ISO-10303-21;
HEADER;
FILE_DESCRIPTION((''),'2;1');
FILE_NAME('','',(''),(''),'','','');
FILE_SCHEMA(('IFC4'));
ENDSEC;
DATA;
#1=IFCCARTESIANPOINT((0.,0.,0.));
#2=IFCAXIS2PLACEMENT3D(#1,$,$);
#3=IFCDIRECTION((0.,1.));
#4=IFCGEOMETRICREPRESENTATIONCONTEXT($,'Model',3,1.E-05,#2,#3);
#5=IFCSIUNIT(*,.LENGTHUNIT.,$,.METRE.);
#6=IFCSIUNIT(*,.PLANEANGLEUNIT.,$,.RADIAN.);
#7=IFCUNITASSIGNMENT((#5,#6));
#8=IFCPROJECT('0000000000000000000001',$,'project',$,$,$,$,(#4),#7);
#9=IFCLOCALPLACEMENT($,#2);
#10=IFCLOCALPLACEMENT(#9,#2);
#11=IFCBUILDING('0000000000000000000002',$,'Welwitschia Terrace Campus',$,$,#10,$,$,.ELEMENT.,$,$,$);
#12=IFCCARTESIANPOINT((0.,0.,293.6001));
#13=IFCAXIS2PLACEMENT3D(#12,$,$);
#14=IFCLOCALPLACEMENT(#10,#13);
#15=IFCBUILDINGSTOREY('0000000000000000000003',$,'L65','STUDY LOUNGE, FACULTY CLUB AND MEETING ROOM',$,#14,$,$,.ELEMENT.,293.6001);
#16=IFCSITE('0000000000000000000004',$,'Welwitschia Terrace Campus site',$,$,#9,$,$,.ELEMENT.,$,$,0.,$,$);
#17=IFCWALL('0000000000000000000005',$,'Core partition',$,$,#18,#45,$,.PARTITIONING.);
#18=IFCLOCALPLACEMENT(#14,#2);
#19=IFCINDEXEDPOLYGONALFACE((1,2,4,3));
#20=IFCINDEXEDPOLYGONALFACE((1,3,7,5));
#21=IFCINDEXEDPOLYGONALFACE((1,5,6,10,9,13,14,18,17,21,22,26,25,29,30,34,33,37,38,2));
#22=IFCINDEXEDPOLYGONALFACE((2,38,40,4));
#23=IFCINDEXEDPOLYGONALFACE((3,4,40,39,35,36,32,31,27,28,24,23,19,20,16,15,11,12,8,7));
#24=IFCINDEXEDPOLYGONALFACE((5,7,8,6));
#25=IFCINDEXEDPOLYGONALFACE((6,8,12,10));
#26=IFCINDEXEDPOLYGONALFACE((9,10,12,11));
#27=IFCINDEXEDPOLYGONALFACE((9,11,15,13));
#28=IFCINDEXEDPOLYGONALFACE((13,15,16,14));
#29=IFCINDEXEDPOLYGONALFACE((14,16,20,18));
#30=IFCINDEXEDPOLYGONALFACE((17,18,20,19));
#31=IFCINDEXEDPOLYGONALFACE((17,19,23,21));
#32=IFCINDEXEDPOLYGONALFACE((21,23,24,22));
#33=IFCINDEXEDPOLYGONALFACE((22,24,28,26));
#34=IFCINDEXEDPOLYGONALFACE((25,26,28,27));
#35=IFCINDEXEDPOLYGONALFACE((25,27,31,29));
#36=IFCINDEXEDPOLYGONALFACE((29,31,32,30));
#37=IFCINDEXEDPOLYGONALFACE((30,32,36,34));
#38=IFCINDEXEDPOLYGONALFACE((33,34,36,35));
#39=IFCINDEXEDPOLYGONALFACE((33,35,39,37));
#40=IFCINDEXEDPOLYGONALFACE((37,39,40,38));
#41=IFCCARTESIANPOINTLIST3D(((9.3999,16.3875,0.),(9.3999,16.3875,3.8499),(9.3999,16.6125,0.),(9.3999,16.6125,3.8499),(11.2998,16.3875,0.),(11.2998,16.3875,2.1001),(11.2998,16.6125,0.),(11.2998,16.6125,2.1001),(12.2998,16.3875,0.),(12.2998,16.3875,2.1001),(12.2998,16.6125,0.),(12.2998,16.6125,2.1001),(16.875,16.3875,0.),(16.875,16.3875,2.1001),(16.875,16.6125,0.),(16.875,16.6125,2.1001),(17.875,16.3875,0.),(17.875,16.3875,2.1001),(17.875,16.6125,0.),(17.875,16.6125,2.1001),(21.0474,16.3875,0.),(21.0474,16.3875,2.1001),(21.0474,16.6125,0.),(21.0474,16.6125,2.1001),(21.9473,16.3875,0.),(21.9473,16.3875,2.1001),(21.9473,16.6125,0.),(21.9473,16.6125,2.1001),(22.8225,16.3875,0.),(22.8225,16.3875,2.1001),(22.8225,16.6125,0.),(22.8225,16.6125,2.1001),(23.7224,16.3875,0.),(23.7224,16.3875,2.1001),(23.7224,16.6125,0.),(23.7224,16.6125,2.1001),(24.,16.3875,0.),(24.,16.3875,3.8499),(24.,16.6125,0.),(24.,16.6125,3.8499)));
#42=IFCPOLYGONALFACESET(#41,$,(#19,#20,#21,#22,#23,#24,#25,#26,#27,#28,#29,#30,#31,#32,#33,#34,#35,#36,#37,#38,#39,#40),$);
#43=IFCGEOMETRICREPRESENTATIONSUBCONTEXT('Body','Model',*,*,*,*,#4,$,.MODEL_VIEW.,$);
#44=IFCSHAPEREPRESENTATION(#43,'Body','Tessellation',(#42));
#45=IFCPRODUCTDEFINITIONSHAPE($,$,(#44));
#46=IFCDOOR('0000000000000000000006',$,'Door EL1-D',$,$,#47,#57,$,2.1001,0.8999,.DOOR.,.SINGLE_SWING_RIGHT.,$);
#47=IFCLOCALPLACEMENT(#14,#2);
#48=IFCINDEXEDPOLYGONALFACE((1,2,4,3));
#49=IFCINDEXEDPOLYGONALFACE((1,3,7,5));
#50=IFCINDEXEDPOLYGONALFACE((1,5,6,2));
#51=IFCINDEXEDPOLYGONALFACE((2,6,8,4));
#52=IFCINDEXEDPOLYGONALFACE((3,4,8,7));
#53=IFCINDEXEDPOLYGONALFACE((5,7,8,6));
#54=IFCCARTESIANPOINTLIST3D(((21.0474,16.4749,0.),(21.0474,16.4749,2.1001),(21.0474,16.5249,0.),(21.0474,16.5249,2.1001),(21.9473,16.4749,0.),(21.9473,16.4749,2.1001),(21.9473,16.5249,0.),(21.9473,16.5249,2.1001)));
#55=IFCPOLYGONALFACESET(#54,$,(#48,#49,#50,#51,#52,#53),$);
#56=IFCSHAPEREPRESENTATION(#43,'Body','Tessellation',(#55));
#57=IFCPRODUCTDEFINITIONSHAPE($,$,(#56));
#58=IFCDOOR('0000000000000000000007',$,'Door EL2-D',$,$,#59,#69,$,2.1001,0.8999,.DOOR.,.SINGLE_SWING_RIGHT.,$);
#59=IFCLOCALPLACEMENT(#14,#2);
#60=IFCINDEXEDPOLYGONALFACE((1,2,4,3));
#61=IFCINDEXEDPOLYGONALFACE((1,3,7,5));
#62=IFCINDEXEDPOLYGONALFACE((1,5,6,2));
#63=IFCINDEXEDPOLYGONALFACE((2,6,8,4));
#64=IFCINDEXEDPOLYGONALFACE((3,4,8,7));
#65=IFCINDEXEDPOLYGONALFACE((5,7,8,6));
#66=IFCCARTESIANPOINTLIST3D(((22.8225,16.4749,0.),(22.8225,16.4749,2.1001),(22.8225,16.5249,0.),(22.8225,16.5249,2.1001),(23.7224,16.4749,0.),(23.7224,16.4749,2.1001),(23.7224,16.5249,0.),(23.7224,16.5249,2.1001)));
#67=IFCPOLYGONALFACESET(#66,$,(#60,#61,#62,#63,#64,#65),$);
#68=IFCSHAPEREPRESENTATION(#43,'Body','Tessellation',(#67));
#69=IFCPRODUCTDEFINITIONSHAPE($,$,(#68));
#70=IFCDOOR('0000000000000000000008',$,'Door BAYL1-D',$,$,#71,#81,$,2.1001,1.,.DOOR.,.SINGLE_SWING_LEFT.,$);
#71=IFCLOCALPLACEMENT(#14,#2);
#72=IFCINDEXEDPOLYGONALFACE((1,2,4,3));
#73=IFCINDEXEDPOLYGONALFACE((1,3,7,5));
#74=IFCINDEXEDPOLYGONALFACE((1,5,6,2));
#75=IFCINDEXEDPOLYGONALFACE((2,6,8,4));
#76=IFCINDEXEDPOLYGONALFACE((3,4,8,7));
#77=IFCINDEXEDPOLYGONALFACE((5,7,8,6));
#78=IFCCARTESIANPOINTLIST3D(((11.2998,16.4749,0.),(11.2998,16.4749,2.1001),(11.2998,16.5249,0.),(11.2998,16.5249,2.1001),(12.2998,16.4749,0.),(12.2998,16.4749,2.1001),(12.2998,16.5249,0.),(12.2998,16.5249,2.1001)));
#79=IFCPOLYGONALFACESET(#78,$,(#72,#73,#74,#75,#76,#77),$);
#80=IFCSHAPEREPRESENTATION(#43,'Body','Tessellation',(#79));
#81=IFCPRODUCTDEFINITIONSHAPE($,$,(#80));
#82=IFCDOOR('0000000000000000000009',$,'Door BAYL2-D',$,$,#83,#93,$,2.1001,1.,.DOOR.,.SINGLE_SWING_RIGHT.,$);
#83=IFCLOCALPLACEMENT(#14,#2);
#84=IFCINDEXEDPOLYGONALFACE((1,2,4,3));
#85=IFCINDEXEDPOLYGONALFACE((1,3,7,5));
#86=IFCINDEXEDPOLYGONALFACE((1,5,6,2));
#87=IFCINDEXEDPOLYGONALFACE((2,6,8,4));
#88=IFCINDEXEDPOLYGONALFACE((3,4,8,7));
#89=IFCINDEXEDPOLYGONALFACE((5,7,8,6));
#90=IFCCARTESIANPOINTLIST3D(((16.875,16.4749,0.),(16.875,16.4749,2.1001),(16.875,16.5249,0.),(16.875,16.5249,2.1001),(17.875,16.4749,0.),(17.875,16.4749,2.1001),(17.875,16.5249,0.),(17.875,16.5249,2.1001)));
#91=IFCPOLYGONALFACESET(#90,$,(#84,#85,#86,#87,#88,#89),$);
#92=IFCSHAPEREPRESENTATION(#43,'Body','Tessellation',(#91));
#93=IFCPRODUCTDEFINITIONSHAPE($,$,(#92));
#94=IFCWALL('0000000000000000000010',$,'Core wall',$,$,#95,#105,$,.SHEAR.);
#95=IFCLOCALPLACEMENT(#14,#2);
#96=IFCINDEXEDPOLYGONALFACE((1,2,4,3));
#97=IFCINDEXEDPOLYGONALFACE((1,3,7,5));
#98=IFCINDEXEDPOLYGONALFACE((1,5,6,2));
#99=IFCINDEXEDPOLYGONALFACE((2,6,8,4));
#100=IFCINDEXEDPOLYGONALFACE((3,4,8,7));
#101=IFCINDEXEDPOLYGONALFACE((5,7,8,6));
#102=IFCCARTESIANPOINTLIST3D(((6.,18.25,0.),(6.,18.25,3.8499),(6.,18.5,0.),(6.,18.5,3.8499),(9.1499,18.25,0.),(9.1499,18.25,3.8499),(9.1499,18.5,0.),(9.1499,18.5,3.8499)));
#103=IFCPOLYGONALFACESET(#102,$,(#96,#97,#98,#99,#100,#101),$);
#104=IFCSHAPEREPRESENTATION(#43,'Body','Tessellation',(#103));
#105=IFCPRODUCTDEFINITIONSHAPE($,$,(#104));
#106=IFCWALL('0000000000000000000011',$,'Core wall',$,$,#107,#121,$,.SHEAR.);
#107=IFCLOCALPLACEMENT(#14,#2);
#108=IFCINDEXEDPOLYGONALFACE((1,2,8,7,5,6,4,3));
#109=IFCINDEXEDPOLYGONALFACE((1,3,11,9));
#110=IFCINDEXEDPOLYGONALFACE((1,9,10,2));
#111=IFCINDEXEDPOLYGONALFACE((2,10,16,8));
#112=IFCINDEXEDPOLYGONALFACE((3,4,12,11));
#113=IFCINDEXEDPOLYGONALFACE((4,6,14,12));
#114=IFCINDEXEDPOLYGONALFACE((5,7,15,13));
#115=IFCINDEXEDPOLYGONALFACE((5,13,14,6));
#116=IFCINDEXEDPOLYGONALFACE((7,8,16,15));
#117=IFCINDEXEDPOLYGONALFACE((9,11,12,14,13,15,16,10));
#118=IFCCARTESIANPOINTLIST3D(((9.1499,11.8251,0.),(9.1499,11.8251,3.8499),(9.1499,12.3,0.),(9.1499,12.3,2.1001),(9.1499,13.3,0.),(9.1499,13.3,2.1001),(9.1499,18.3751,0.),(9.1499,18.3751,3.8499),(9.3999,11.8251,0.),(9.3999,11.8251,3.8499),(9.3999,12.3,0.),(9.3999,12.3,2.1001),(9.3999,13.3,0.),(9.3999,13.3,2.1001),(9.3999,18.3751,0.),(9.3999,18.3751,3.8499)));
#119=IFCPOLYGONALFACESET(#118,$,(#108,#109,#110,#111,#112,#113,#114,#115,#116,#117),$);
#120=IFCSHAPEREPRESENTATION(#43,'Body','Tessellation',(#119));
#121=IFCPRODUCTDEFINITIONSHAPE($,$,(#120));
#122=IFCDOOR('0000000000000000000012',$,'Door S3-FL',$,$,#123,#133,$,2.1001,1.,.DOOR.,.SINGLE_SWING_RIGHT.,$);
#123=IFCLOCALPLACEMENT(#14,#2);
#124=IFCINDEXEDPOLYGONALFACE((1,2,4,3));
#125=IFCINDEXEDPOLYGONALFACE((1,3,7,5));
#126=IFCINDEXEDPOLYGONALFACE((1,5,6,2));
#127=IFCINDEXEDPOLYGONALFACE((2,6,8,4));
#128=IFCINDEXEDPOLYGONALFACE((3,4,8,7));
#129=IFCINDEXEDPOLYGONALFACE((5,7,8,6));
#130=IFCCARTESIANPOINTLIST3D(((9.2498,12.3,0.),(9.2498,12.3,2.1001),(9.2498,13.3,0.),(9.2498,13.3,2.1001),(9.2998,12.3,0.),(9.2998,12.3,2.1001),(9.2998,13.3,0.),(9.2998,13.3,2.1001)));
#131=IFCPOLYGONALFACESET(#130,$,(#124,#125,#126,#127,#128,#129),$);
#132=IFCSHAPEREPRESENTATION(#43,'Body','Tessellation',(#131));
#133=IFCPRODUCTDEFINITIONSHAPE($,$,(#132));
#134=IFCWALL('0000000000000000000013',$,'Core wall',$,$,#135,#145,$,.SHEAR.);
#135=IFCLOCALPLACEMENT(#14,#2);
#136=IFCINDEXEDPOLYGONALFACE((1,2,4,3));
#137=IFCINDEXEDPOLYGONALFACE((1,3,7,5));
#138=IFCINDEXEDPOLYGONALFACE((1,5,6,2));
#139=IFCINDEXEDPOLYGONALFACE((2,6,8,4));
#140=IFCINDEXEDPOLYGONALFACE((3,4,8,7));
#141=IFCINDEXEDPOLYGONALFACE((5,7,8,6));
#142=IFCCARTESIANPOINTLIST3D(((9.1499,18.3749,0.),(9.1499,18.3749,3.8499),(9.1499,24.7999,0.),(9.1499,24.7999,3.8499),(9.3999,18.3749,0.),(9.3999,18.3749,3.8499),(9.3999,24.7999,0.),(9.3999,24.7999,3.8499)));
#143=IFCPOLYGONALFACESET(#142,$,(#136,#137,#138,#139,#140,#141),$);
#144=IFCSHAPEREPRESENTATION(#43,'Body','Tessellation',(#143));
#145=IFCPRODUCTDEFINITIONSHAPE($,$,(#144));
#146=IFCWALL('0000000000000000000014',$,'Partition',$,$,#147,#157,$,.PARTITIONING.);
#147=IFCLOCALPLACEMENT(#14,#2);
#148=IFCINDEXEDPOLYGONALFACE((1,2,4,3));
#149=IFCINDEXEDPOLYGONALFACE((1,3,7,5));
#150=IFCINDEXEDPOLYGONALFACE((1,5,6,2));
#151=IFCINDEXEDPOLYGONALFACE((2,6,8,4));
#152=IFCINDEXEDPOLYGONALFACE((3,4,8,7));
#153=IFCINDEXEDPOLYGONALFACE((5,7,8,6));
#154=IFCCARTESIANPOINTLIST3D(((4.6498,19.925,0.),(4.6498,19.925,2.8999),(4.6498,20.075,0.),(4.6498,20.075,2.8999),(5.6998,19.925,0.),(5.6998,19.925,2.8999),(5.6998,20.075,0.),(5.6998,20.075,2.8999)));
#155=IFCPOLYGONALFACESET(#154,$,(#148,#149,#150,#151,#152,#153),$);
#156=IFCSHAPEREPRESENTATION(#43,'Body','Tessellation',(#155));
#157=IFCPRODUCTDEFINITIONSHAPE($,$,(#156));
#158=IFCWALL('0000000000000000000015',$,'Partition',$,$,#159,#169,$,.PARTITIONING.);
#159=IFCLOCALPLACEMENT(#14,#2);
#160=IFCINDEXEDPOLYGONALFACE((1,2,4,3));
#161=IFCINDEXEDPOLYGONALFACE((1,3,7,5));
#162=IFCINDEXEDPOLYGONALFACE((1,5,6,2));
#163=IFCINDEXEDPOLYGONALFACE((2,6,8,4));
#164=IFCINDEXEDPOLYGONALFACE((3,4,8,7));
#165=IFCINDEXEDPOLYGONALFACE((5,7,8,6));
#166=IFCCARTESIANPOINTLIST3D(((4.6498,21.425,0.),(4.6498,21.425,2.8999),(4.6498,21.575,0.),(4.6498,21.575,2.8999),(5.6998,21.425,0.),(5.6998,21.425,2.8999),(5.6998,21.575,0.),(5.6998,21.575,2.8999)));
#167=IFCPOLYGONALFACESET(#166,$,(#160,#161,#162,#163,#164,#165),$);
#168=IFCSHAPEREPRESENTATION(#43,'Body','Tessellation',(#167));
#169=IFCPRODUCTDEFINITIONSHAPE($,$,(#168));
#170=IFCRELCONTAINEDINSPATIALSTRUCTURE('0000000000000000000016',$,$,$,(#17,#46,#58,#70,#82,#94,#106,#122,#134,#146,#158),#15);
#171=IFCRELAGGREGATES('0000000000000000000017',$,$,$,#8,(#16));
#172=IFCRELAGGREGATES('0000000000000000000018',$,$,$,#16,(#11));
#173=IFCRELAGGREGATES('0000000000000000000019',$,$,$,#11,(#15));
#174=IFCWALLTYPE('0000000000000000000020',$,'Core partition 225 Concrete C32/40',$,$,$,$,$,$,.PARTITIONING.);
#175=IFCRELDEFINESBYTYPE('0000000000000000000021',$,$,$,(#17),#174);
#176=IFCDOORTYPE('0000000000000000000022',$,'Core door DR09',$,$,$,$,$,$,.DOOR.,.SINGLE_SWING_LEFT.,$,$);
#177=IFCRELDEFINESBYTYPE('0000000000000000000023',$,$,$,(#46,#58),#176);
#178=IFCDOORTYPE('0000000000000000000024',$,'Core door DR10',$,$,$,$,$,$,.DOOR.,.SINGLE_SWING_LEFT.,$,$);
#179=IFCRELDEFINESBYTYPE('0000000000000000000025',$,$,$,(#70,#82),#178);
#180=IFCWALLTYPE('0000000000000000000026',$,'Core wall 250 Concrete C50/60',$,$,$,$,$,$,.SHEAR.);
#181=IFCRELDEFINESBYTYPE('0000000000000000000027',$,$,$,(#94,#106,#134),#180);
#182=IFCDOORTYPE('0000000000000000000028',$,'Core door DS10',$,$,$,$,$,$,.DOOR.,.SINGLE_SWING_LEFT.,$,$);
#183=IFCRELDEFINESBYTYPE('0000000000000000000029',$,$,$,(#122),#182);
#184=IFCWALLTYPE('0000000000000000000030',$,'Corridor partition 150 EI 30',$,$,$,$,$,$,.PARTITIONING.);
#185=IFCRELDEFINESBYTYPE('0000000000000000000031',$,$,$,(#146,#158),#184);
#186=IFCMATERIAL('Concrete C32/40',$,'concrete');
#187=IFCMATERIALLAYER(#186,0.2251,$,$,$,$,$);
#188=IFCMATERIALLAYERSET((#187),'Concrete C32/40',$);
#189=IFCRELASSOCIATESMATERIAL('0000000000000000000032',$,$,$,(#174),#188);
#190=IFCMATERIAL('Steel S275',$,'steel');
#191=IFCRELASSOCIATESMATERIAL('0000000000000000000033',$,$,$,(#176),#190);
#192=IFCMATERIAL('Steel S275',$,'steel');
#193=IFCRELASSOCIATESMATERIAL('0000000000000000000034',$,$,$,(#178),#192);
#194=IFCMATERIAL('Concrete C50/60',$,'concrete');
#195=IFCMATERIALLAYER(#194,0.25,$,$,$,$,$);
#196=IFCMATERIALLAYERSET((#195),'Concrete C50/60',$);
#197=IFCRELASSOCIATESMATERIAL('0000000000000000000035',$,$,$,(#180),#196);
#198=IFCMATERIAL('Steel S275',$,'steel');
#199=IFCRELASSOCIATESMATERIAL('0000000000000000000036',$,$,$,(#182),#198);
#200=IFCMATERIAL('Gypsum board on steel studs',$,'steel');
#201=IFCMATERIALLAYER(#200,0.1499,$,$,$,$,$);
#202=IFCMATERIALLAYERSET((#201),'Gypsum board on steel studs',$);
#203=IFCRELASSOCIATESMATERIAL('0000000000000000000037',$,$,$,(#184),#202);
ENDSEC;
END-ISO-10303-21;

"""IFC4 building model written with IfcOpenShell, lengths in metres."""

from ifc_helpers import new_model, si_unit, direction, frame, frame_2d, origin, place, context, subcontext, project, spatial, rectangle, extrude, material, layer, layer_set, type_object, element, fill, save


model = new_model("IFC4")

# Units and contexts
model_context = context("Model", 3, precision=1e-05, world=origin(), true_north=direction((0.0, 1.0)))
body_context = subcontext(model_context, "Body", "Model", "MODEL_VIEW")
ifc_project = project(units=[si_unit("LENGTHUNIT", "METRE"), si_unit("PLANEANGLEUNIT", "RADIAN")], contexts=[model_context])

# Site, building, storey
site_placement = place(None, origin())
site = spatial("IfcSite", under=ifc_project, at=site_placement, Name="Welwitschia Terrace Campus site", CompositionType="ELEMENT", RefElevation=0.0)
building_placement = place(site_placement, origin())
building = spatial("IfcBuilding", under=site, at=building_placement, Name="Welwitschia Terrace Campus", CompositionType="ELEMENT")
storey_placement = place(building_placement, frame((0.0, 0.0, 293.6001)))
storey = spatial("IfcBuildingStorey", under=building, at=storey_placement, Name="L65", Description="STUDY LOUNGE, FACULTY CLUB AND MEETING ROOM", CompositionType="ELEMENT", Elevation=293.6001)

# Shared definitions
ifc_material_1 = material(Name="Concrete C32/40", Category="concrete")
ifc_layer_1 = layer(ifc_material_1, 0.2251)
ifc_layer_set_1 = layer_set([ifc_layer_1], Name="Concrete C32/40")
wall_type_1 = type_object("IfcWallType", Name="Core partition 225 Concrete C32/40", PredefinedType="PARTITIONING", material=ifc_layer_set_1)

# Wall, openings, doors
wall_1_placement = place(storey_placement, frame((9.3999, 16.5, 0.0), z_axis=(0.0, 0.0, 1.0), x_axis=(1.0, 0.0, 0.0)))
wall_1 = element("IfcWall", 1, at=wall_1_placement, inside=storey, type_object=wall_type_1, Name="Core partition", PredefinedType="PARTITIONING", context=body_context, shape_type="SweptSolid", body=[
    extrude(rectangle(XDim=14.6001, YDim=0.2251, at=frame_2d((7.3, 0.0))), origin(), (0.0, 0.0, 1.0), 3.8499),
])
opening_1_placement = place(wall_1_placement, frame((1.8999, 0.0, 0.0)))
opening_1 = element("IfcOpeningElement", 2, at=opening_1_placement, cuts=wall_1, PredefinedType="OPENING", context=body_context, shape_type="SweptSolid", body=[
    extrude(rectangle(XDim=1.0, YDim=2.1001, at=frame_2d((0.5, 1.05))), frame((0.0, 0.1226, 0.0), z_axis=(0.0, -1.0, 0.0), x_axis=(1.0, 0.0, 0.0)), (0.0, 0.0, 1.0), 0.2451),
])
opening_2_placement = place(wall_1_placement, frame((7.4751, 0.0, 0.0)))
opening_2 = element("IfcOpeningElement", 3, at=opening_2_placement, cuts=wall_1, PredefinedType="OPENING", context=body_context, shape_type="SweptSolid", body=[
    extrude(rectangle(XDim=1.0, YDim=2.1001, at=frame_2d((0.5, 1.05))), frame((0.0, 0.1226, 0.0), z_axis=(0.0, -1.0, 0.0), x_axis=(1.0, 0.0, 0.0)), (0.0, 0.0, 1.0), 0.2451),
])
opening_3_placement = place(wall_1_placement, frame((11.6475, 0.0, 0.0)))
opening_3 = element("IfcOpeningElement", 4, at=opening_3_placement, cuts=wall_1, PredefinedType="OPENING", context=body_context, shape_type="SweptSolid", body=[
    extrude(rectangle(XDim=0.8999, YDim=2.1001, at=frame_2d((0.45, 1.05))), frame((0.0, 0.1226, 0.0), z_axis=(0.0, -1.0, 0.0), x_axis=(1.0, 0.0, 0.0)), (0.0, 0.0, 1.0), 0.2451),
])
opening_4_placement = place(wall_1_placement, frame((13.4226, 0.0, 0.0)))
opening_4 = element("IfcOpeningElement", 5, at=opening_4_placement, cuts=wall_1, PredefinedType="OPENING", context=body_context, shape_type="SweptSolid", body=[
    extrude(rectangle(XDim=0.8999, YDim=2.1001, at=frame_2d((0.45, 1.05))), frame((0.0, 0.1226, 0.0), z_axis=(0.0, -1.0, 0.0), x_axis=(1.0, 0.0, 0.0)), (0.0, 0.0, 1.0), 0.2451),
])
ifc_material_2 = material(Name="Steel S275", Category="steel")
door_type_1 = type_object("IfcDoorType", Name="Core door DR09", OperationType="SINGLE_SWING_LEFT", PredefinedType="DOOR", material=ifc_material_2)
door_1_placement = place(opening_3_placement, origin())
door_1 = element("IfcDoor", 6, at=door_1_placement, inside=storey, type_object=door_type_1, Name="Door EL1-D", OperationType="SINGLE_SWING_RIGHT", OverallHeight=2.1001, OverallWidth=0.8999, PredefinedType="DOOR", context=body_context, shape_type="SweptSolid", body=[
    extrude(rectangle(XDim=0.8999, YDim=2.1001, at=frame_2d((0.45, 1.05))), frame((0.0, 0.0249, 0.0), z_axis=(0.0, -1.0, 0.0), x_axis=(1.0, 0.0, 0.0)), (0.0, 0.0, 1.0), 0.05),
])
fill(opening_3, door_1)
door_2_placement = place(opening_4_placement, origin())
door_2 = element("IfcDoor", 7, at=door_2_placement, inside=storey, type_object=door_type_1, Name="Door EL2-D", OperationType="SINGLE_SWING_RIGHT", OverallHeight=2.1001, OverallWidth=0.8999, PredefinedType="DOOR", context=body_context, shape_type="SweptSolid", body=[
    extrude(rectangle(XDim=0.8999, YDim=2.1001, at=frame_2d((0.45, 1.05))), frame((0.0, 0.0249, 0.0), z_axis=(0.0, -1.0, 0.0), x_axis=(1.0, 0.0, 0.0)), (0.0, 0.0, 1.0), 0.05),
])
fill(opening_4, door_2)
ifc_material_3 = material(Name="Steel S275", Category="steel")
door_type_2 = type_object("IfcDoorType", Name="Core door DR10", OperationType="SINGLE_SWING_LEFT", PredefinedType="DOOR", material=ifc_material_3)
door_3_placement = place(opening_1_placement, origin())
door_3 = element("IfcDoor", 8, at=door_3_placement, inside=storey, type_object=door_type_2, Name="Door BAYL1-D", OperationType="SINGLE_SWING_LEFT", OverallHeight=2.1001, OverallWidth=1.0, PredefinedType="DOOR", context=body_context, shape_type="SweptSolid", body=[
    extrude(rectangle(XDim=1.0, YDim=2.1001, at=frame_2d((0.5, 1.05))), frame((0.0, 0.0249, 0.0), z_axis=(0.0, -1.0, 0.0), x_axis=(1.0, 0.0, 0.0)), (0.0, 0.0, 1.0), 0.05),
])
fill(opening_1, door_3)
door_4_placement = place(opening_2_placement, origin())
door_4 = element("IfcDoor", 9, at=door_4_placement, inside=storey, type_object=door_type_2, Name="Door BAYL2-D", OperationType="SINGLE_SWING_RIGHT", OverallHeight=2.1001, OverallWidth=1.0, PredefinedType="DOOR", context=body_context, shape_type="SweptSolid", body=[
    extrude(rectangle(XDim=1.0, YDim=2.1001, at=frame_2d((0.5, 1.05))), frame((0.0, 0.0249, 0.0), z_axis=(0.0, -1.0, 0.0), x_axis=(1.0, 0.0, 0.0)), (0.0, 0.0, 1.0), 0.05),
])
fill(opening_2, door_4)

# Wall
ifc_material_4 = material(Name="Concrete C50/60", Category="concrete")
ifc_layer_2 = layer(ifc_material_4, 0.25)
ifc_layer_set_2 = layer_set([ifc_layer_2], Name="Concrete C50/60")
wall_type_2 = type_object("IfcWallType", Name="Core wall 250 Concrete C50/60", PredefinedType="SHEAR", material=ifc_layer_set_2)
wall_2_placement = place(storey_placement, frame((6.0, 18.375, 0.0), z_axis=(0.0, 0.0, 1.0), x_axis=(1.0, 0.0, 0.0)))
element("IfcWall", 10, at=wall_2_placement, inside=storey, type_object=wall_type_2, Name="Core wall", PredefinedType="SHEAR", context=body_context, shape_type="SweptSolid", body=[
    extrude(rectangle(XDim=3.1499, YDim=0.25, at=frame_2d((1.575, 0.0))), origin(), (0.0, 0.0, 1.0), 3.8499),
])

# Wall, opening, door
wall_3_placement = place(storey_placement, frame((9.2749, 18.375, 0.0), z_axis=(0.0, 0.0, 1.0), x_axis=(0.0, -1.0, 0.0)))
wall_3 = element("IfcWall", 11, at=wall_3_placement, inside=storey, type_object=wall_type_2, Name="Core wall", PredefinedType="SHEAR", context=body_context, shape_type="SweptSolid", body=[
    extrude(rectangle(XDim=6.55, YDim=0.25, at=frame_2d((3.2749, 0.0))), origin(), (0.0, 0.0, 1.0), 3.8499),
])
opening_5_placement = place(wall_3_placement, frame((5.075, 0.0, 0.0)))
opening_5 = element("IfcOpeningElement", 12, at=opening_5_placement, cuts=wall_3, PredefinedType="OPENING", context=body_context, shape_type="SweptSolid", body=[
    extrude(rectangle(XDim=1.0, YDim=2.1001, at=frame_2d((0.5, 1.05))), frame((0.0, 0.135, 0.0), z_axis=(0.0, -1.0, 0.0), x_axis=(1.0, 0.0, 0.0)), (0.0, 0.0, 1.0), 0.27),
])
ifc_material_5 = material(Name="Steel S275", Category="steel")
door_type_3 = type_object("IfcDoorType", Name="Core door DS10", OperationType="SINGLE_SWING_LEFT", PredefinedType="DOOR", material=ifc_material_5)
door_5_placement = place(opening_5_placement, origin())
door_5 = element("IfcDoor", 13, at=door_5_placement, inside=storey, type_object=door_type_3, Name="Door S3-FL", OperationType="SINGLE_SWING_RIGHT", OverallHeight=2.1001, OverallWidth=1.0, PredefinedType="DOOR", context=body_context, shape_type="SweptSolid", body=[
    extrude(rectangle(XDim=1.0, YDim=2.1001, at=frame_2d((0.5, 1.05))), frame((0.0, 0.0249, 0.0), z_axis=(0.0, -1.0, 0.0), x_axis=(1.0, 0.0, 0.0)), (0.0, 0.0, 1.0), 0.05),
])
fill(opening_5, door_5)

# Walls
wall_4_placement = place(storey_placement, frame((9.2749, 18.375, 0.0), z_axis=(0.0, 0.0, 1.0), x_axis=(0.0, 1.0, 0.0)))
element("IfcWall", 14, at=wall_4_placement, inside=storey, type_object=wall_type_2, Name="Core wall", PredefinedType="SHEAR", context=body_context, shape_type="SweptSolid", body=[
    extrude(rectangle(XDim=6.425, YDim=0.25, at=frame_2d((3.2124, 0.0))), origin(), (0.0, 0.0, 1.0), 3.8499),
])
ifc_material_6 = material(Name="Gypsum board on steel studs", Category="steel")
ifc_layer_3 = layer(ifc_material_6, 0.1499)
ifc_layer_set_3 = layer_set([ifc_layer_3], Name="Gypsum board on steel studs")
wall_type_3 = type_object("IfcWallType", Name="Corridor partition 150 EI 30", PredefinedType="PARTITIONING", material=ifc_layer_set_3)
for number, where, z_axis, x_axis, name in (
    (15, (4.6499, 20.0, 0.0), (0.0, 0.0, 1.0), (1.0, 0.0, 0.0), "Partition"),
    (16, (4.6499, 21.5, 0.0), (0.0, 0.0, 1.0), (1.0, 0.0, 0.0), "Partition"),
):
    element("IfcWall", number, at=place(storey_placement, frame(where, z_axis=z_axis, x_axis=x_axis)), inside=storey, type_object=wall_type_3, Name=name, PredefinedType="PARTITIONING", context=body_context, shape_type="SweptSolid", body=[
        extrude(rectangle(XDim=1.05, YDim=0.1499, at=frame_2d((0.5249, 0.0))), origin(), (0.0, 0.0, 1.0), 2.8999),
    ])

save(model, "model.ifc")
